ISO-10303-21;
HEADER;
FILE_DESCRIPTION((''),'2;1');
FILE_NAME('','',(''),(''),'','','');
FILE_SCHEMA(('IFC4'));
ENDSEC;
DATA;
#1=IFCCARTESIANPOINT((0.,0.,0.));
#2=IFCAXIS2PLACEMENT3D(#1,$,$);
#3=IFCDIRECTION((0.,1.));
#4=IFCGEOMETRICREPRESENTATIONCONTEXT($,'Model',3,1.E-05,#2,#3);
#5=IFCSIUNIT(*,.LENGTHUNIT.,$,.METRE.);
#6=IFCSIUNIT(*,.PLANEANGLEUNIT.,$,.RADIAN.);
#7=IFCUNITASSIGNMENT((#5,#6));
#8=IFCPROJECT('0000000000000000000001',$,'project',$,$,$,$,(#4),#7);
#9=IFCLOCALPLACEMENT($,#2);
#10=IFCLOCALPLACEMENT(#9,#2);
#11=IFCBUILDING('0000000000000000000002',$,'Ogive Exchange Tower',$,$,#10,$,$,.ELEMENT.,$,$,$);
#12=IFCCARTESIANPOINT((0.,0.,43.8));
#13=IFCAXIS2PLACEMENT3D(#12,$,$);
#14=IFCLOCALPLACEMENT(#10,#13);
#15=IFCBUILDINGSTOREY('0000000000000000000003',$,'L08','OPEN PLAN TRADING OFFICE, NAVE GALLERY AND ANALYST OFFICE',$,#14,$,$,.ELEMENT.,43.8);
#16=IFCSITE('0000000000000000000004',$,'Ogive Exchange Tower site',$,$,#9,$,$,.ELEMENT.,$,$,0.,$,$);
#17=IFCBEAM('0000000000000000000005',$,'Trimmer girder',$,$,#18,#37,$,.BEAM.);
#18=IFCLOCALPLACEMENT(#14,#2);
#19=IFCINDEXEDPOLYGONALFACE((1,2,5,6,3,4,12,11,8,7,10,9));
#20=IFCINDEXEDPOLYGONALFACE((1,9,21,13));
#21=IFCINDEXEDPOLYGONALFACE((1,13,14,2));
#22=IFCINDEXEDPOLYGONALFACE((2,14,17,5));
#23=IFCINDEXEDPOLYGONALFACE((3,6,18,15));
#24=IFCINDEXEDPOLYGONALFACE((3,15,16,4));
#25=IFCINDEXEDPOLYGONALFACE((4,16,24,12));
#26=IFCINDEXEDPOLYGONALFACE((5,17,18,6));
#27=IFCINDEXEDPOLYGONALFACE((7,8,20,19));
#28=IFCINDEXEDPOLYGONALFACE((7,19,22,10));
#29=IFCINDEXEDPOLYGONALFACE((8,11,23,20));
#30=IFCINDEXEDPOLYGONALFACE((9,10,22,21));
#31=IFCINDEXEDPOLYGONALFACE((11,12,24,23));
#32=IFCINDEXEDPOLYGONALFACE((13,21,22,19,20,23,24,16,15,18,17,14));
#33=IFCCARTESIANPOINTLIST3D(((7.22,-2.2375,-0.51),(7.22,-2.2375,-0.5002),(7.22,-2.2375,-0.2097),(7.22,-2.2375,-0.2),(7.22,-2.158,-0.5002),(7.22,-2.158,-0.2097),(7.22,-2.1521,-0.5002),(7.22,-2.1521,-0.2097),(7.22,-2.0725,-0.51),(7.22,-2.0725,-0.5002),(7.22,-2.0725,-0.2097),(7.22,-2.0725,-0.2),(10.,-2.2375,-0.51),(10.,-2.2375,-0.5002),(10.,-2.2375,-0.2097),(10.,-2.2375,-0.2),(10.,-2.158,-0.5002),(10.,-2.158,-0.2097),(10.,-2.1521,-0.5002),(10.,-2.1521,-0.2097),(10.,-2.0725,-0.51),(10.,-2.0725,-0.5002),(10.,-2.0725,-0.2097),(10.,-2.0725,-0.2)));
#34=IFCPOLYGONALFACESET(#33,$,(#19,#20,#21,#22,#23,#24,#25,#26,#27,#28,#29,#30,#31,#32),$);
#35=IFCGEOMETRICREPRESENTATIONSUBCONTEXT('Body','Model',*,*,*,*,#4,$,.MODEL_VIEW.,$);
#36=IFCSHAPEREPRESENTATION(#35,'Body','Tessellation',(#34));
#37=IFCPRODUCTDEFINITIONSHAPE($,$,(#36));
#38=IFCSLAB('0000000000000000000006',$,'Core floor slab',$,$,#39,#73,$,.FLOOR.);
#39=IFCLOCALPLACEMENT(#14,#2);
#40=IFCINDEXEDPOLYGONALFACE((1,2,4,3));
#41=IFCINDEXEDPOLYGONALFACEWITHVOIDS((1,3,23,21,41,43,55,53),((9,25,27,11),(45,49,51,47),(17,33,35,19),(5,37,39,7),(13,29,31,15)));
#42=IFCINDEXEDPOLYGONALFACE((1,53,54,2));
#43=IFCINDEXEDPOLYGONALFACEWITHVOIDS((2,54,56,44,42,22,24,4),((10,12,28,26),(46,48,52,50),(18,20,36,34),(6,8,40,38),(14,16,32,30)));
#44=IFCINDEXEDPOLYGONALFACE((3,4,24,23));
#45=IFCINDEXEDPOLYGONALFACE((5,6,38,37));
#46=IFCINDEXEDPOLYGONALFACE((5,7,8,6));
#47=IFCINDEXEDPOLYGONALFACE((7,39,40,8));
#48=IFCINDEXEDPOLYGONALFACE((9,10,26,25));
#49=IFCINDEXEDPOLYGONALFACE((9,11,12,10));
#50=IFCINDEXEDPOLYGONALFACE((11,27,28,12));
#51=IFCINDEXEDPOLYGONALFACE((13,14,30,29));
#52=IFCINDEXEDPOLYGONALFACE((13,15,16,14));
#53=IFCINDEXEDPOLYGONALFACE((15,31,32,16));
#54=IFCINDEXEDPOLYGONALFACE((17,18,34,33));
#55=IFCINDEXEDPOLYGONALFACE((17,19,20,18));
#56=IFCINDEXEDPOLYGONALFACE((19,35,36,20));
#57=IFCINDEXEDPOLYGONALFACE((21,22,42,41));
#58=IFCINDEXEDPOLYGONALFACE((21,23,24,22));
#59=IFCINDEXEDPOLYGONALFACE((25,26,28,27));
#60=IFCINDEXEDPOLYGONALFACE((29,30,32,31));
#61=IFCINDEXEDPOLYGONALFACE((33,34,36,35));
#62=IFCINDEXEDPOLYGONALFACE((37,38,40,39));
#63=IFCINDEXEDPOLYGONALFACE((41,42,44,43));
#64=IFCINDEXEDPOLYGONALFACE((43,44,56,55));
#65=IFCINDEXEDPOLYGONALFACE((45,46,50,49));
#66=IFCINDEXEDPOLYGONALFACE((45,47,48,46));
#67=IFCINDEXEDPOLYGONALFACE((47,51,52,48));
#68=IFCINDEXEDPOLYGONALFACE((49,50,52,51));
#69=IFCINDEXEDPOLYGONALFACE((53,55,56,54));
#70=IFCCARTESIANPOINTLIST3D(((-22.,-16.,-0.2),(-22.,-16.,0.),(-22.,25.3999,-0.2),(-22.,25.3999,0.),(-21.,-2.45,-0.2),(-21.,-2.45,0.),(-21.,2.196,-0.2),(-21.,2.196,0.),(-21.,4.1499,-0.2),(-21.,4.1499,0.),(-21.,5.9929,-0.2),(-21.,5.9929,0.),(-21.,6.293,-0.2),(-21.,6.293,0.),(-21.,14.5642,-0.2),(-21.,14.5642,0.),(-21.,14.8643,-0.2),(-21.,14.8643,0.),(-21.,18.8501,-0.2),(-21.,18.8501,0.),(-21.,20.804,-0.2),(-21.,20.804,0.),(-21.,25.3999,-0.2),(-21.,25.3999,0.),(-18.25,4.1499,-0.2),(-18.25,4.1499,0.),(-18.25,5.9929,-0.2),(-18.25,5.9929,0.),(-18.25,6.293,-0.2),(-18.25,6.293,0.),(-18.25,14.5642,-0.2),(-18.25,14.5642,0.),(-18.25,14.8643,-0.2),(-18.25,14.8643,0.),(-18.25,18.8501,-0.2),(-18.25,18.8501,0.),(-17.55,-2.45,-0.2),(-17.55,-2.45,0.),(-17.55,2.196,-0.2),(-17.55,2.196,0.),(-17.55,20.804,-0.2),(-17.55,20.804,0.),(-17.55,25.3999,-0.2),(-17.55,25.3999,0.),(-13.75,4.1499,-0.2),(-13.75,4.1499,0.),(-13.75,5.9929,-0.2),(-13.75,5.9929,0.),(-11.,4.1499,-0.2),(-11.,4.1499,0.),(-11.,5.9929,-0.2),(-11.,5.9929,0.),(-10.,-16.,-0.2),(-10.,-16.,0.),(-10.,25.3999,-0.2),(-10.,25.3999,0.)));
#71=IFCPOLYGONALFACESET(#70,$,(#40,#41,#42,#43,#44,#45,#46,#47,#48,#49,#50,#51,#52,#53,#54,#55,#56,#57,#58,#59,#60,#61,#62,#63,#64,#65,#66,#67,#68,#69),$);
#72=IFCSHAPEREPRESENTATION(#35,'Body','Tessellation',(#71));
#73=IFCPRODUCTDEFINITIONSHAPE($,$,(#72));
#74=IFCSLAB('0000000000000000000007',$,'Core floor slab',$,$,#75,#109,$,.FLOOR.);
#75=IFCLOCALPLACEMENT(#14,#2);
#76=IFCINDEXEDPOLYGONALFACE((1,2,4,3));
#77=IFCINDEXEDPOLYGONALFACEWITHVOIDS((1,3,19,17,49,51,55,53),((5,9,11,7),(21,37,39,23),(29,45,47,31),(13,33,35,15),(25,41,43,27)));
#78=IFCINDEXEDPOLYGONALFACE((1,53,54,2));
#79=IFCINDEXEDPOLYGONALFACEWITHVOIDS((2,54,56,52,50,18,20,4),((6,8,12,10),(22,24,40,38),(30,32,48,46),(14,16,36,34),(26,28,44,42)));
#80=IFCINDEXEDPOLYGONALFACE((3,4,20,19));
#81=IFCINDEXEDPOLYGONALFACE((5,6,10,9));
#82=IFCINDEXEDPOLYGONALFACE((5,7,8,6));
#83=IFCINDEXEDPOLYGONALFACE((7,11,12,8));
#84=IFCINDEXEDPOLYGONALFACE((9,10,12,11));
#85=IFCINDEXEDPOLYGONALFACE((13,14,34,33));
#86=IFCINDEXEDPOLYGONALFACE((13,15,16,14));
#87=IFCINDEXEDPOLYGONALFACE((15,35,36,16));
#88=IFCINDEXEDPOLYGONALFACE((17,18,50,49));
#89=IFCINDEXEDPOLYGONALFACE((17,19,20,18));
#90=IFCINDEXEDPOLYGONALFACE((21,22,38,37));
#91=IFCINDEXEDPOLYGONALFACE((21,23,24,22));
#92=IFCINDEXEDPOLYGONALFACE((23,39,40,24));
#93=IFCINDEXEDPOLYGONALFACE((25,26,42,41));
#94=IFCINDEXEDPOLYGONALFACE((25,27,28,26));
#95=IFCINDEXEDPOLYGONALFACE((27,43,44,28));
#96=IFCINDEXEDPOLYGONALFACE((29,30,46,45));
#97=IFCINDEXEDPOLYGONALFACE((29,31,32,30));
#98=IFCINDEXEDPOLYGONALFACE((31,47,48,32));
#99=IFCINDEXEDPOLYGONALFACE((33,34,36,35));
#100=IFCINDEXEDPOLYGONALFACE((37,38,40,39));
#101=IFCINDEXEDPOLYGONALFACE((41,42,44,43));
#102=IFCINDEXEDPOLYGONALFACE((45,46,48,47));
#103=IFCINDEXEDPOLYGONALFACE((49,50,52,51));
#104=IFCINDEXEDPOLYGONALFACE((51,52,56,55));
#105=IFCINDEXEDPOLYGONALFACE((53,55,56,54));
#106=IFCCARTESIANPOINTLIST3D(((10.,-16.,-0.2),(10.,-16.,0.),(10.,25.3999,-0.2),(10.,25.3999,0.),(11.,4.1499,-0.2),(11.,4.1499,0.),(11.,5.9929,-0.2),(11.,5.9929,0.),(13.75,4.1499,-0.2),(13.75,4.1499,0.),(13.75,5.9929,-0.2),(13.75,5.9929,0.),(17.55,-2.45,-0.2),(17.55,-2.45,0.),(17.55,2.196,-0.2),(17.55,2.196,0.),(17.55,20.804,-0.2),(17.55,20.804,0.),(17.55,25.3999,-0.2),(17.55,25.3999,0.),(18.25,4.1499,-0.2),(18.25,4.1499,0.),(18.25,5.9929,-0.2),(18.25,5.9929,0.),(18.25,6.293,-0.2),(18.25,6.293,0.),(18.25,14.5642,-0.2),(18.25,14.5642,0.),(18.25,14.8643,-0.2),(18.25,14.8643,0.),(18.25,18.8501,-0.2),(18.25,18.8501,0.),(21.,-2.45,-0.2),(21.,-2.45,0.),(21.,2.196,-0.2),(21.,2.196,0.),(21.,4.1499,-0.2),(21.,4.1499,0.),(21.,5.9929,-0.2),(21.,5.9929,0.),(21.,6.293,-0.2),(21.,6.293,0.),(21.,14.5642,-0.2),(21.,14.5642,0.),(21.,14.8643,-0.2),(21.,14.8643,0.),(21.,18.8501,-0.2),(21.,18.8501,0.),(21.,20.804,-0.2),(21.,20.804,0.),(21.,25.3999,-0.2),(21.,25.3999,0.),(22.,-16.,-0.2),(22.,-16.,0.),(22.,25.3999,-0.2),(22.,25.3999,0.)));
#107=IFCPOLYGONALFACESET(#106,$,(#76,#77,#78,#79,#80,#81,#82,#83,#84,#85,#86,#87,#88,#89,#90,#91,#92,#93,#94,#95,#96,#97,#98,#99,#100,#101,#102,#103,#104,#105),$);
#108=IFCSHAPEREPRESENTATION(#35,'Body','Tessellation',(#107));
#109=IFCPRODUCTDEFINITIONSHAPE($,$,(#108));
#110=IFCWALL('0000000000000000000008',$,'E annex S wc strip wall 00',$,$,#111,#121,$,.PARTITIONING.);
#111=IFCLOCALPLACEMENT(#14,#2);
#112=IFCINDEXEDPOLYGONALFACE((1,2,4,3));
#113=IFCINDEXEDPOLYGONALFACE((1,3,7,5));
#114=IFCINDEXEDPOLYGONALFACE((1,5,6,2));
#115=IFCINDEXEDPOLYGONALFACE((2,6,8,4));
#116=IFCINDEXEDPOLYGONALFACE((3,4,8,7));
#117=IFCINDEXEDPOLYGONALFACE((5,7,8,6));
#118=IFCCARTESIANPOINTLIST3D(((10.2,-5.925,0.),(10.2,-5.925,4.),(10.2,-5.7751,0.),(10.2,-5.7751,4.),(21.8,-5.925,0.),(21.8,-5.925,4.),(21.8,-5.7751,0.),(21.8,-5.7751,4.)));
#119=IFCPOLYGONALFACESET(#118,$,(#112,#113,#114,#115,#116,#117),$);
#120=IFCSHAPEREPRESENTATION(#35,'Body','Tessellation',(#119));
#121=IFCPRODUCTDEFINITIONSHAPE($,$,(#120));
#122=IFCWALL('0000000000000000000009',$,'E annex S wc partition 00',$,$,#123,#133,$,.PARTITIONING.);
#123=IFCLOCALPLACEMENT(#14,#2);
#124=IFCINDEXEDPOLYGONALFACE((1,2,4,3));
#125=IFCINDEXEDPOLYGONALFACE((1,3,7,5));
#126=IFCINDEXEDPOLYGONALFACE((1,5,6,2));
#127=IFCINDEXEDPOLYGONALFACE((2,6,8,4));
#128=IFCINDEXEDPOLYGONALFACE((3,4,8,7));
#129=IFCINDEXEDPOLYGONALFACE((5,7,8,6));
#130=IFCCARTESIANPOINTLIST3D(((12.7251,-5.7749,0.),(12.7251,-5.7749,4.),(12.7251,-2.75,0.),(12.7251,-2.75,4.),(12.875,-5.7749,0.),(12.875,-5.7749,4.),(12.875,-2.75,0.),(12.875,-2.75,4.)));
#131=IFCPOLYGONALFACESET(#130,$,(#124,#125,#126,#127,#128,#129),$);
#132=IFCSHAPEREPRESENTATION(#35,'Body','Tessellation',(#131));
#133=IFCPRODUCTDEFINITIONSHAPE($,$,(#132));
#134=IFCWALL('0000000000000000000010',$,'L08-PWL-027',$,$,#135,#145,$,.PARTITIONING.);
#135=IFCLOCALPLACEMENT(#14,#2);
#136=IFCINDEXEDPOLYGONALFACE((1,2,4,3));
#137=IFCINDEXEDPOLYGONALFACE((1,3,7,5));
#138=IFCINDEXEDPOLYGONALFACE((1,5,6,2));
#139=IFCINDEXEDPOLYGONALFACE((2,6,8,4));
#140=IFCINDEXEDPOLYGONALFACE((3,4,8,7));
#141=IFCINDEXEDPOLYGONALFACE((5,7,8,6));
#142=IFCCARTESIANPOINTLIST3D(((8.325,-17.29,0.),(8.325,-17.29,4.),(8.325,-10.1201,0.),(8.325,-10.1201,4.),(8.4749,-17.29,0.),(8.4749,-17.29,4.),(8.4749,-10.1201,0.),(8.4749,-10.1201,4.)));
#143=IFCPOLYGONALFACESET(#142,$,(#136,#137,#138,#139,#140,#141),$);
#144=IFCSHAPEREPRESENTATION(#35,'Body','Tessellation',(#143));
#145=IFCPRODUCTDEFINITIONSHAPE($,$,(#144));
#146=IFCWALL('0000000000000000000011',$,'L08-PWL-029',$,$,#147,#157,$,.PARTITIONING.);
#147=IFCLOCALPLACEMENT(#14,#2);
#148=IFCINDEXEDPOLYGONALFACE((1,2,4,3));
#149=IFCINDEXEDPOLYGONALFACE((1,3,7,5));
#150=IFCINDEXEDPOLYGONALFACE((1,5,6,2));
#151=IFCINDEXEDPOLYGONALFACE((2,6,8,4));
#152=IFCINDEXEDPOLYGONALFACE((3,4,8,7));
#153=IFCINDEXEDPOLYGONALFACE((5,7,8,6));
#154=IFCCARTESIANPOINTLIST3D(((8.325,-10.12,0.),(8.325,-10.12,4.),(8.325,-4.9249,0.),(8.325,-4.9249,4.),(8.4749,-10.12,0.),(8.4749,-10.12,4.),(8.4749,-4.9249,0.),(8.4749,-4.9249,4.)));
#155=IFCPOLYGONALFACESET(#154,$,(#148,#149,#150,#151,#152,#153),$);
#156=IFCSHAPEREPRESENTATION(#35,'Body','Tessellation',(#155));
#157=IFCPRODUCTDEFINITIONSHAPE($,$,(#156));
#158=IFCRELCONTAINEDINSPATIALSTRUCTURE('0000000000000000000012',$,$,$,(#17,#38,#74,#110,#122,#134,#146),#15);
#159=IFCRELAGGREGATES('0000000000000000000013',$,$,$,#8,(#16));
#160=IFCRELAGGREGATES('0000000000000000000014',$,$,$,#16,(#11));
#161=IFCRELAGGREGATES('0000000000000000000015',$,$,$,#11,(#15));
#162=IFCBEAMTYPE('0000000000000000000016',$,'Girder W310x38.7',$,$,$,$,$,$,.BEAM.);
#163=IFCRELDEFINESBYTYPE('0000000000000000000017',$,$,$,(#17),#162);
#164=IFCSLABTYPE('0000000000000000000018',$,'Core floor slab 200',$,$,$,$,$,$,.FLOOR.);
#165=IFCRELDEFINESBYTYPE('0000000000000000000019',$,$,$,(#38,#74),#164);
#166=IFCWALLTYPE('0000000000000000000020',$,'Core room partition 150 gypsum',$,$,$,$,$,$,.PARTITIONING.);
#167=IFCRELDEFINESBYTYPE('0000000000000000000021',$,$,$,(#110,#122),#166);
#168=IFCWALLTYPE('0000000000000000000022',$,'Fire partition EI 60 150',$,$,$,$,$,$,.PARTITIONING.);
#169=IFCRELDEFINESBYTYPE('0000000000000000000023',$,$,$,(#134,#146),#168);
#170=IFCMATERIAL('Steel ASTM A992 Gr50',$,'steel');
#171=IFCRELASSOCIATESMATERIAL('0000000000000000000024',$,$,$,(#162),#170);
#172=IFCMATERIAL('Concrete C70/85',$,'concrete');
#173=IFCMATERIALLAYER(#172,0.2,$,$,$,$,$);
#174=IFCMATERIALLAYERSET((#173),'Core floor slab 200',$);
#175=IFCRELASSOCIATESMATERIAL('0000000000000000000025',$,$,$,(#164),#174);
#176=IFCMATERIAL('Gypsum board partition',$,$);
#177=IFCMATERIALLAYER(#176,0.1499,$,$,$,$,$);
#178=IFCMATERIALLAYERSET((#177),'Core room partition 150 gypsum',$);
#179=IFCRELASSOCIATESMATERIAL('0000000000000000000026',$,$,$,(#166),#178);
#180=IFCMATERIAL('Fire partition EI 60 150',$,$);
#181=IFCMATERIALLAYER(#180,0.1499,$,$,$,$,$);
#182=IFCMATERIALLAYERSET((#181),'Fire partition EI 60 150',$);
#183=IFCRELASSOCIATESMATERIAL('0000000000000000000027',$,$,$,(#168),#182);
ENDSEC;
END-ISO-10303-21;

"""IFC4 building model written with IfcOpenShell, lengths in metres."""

from ifc_helpers import new_model, si_unit, direction, frame, frame_2d, origin, origin_2d, place, context, subcontext, project, spatial, polyline, rectangle, i_section, outline, extrude, material, layer, layer_set, material_profile, profile_set, type_object, element, save


model = new_model("IFC4")

# Units and contexts
model_context = context("Model", 3, precision=1e-05, world=origin(), true_north=direction((0.0, 1.0)))
body_context = subcontext(model_context, "Body", "Model", "MODEL_VIEW")
ifc_project = project(units=[si_unit("LENGTHUNIT", "METRE"), si_unit("PLANEANGLEUNIT", "RADIAN")], contexts=[model_context])

# Site, building, storey
site_placement = place(None, origin())
site = spatial("IfcSite", under=ifc_project, at=site_placement, Name="Ogive Exchange Tower site", CompositionType="ELEMENT", RefElevation=0.0)
building_placement = place(site_placement, origin())
building = spatial("IfcBuilding", under=site, at=building_placement, Name="Ogive Exchange Tower", CompositionType="ELEMENT")
storey_placement = place(building_placement, frame((0.0, 0.0, 43.8)))
storey = spatial("IfcBuildingStorey", under=building, at=storey_placement, Name="L08", Description="OPEN PLAN TRADING OFFICE, NAVE GALLERY AND ANALYST OFFICE", CompositionType="ELEMENT", Elevation=43.8)

# Beam
ifc_material_1 = material(Name="Steel ASTM A992 Gr50", Category="steel")
ifc_material_profile = material_profile(ifc_material_1, i_section(OverallWidth=0.165, OverallDepth=0.3101, WebThickness=0.0059, FlangeThickness=0.0098, at=origin_2d()), Name="W310x38.7")
ifc_profile_set = profile_set([ifc_material_profile], Name="Steel ASTM A992 Gr50")
beam_type = type_object("IfcBeamType", Name="Girder W310x38.7", PredefinedType="BEAM", material=ifc_profile_set)
beam_placement = place(storey_placement, frame((7.22, -2.155, -0.355), z_axis=(1.0, 0.0, 0.0), x_axis=(0.0, 1.0, 0.0)))
element("IfcBeam", 1, at=beam_placement, inside=storey, type_object=beam_type, Name="Trimmer girder", PredefinedType="BEAM", context=body_context, shape_type="SweptSolid", body=[
    extrude(i_section(OverallWidth=0.165, OverallDepth=0.3101, WebThickness=0.0059, FlangeThickness=0.0098, at=origin_2d()), origin(), (0.0, 0.0, 1.0), 2.78),
])

# Slabs
ifc_material_2 = material(Name="Concrete C70/85", Category="concrete")
ifc_layer_1 = layer(ifc_material_2, 0.2)
ifc_layer_set_1 = layer_set([ifc_layer_1], Name="Core floor slab 200")
slab_type = type_object("IfcSlabType", Name="Core floor slab 200", PredefinedType="FLOOR", material=ifc_layer_set_1)
slab_1_placement = place(storey_placement, frame((0.0, 0.0, -0.2)))
element("IfcSlab", 2, at=slab_1_placement, inside=storey, type_object=slab_type, Name="Core floor slab", PredefinedType="FLOOR", context=body_context, shape_type="SweptSolid", body=[
    extrude(outline(polyline([(-10.0, 25.3999), (-10.0, -16.0), (-22.0, -16.0), (-22.0, 25.3999), (-21.0, 25.3999), (-21.0, 20.804), (-17.55, 20.804), (-17.55, 25.3999), (-10.0, 25.3999)]), holes=[polyline([(-17.55, 2.196), (-21.0, 2.196), (-21.0, -2.45), (-17.55, -2.45), (-17.55, 2.196)]), polyline([(-18.25, 5.9929), (-21.0, 5.9929), (-21.0, 4.1499), (-18.25, 4.1499), (-18.25, 5.9929)]), polyline([(-11.0, 5.9929), (-13.75, 5.9929), (-13.75, 4.1499), (-11.0, 4.1499), (-11.0, 5.9929)]), polyline([(-21.0, 14.5642), (-21.0, 6.293), (-18.25, 6.293), (-18.25, 14.5642), (-21.0, 14.5642)]), polyline([(-18.25, 18.8501), (-21.0, 18.8501), (-21.0, 14.8643), (-18.25, 14.8643), (-18.25, 18.8501)])]), origin(), (0.0, 0.0, 1.0), 0.2),
])
slab_2_placement = place(storey_placement, frame((0.0, 0.0, -0.2)))
element("IfcSlab", 3, at=slab_2_placement, inside=storey, type_object=slab_type, Name="Core floor slab", PredefinedType="FLOOR", context=body_context, shape_type="SweptSolid", body=[
    extrude(outline(polyline([(22.0, 25.3999), (22.0, -16.0), (10.0, -16.0), (10.0, 25.3999), (17.55, 25.3999), (17.55, 20.804), (21.0, 20.804), (21.0, 25.3999), (22.0, 25.3999)]), holes=[polyline([(21.0, 2.196), (17.55, 2.196), (17.55, -2.45), (21.0, -2.45), (21.0, 2.196)]), polyline([(13.75, 5.9929), (11.0, 5.9929), (11.0, 4.1499), (13.75, 4.1499), (13.75, 5.9929)]), polyline([(21.0, 5.9929), (18.25, 5.9929), (18.25, 4.1499), (21.0, 4.1499), (21.0, 5.9929)]), polyline([(18.25, 14.5642), (18.25, 6.293), (21.0, 6.293), (21.0, 14.5642), (18.25, 14.5642)]), polyline([(21.0, 18.8501), (18.25, 18.8501), (18.25, 14.8643), (21.0, 14.8643), (21.0, 18.8501)])]), origin(), (0.0, 0.0, 1.0), 0.2),
])

# Walls
ifc_material_3 = material(Name="Gypsum board partition")
ifc_layer_2 = layer(ifc_material_3, 0.1499)
ifc_layer_set_2 = layer_set([ifc_layer_2], Name="Core room partition 150 gypsum")
wall_type_1 = type_object("IfcWallType", Name="Core room partition 150 gypsum", PredefinedType="PARTITIONING", material=ifc_layer_set_2)
wall_1_placement = place(storey_placement, frame((10.2, -5.8501, 0.0), z_axis=(0.0, 0.0, 1.0), x_axis=(1.0, 0.0, 0.0)))
element("IfcWall", 4, at=wall_1_placement, inside=storey, type_object=wall_type_1, Name="E annex S wc strip wall 00", PredefinedType="PARTITIONING", context=body_context, shape_type="SweptSolid", body=[
    extrude(rectangle(XDim=11.6001, YDim=0.1499, at=frame_2d((5.8, 0.0))), origin(), (0.0, 0.0, 1.0), 4.0),
])
wall_2_placement = place(storey_placement, frame((12.8, -5.7749, 0.0), z_axis=(0.0, 0.0, 1.0), x_axis=(0.0, 1.0, 0.0)))
element("IfcWall", 5, at=wall_2_placement, inside=storey, type_object=wall_type_1, Name="E annex S wc partition 00", PredefinedType="PARTITIONING", context=body_context, shape_type="SweptSolid", body=[
    extrude(rectangle(XDim=3.0249, YDim=0.1499, at=frame_2d((1.5125, 0.0))), origin(), (0.0, 0.0, 1.0), 4.0),
])
ifc_material_4 = material(Name="Fire partition EI 60 150")
ifc_layer_3 = layer(ifc_material_4, 0.1499)
ifc_layer_set_3 = layer_set([ifc_layer_3], Name="Fire partition EI 60 150")
wall_type_2 = type_object("IfcWallType", Name="Fire partition EI 60 150", PredefinedType="PARTITIONING", material=ifc_layer_set_3)
wall_3_placement = place(storey_placement, frame((8.3999, -17.29, 0.0), z_axis=(0.0, 0.0, 1.0), x_axis=(0.0, 1.0, 0.0)))
element("IfcWall", 6, at=wall_3_placement, inside=storey, type_object=wall_type_2, Name="L08-PWL-027", PredefinedType="PARTITIONING", context=body_context, shape_type="SweptSolid", body=[
    extrude(rectangle(XDim=7.1699, YDim=0.1499, at=frame_2d((3.585, 0.0))), origin(), (0.0, 0.0, 1.0), 4.0),
])
wall_4_placement = place(storey_placement, frame((8.3999, -10.1201, 0.0), z_axis=(0.0, 0.0, 1.0), x_axis=(0.0, 1.0, 0.0)))
element("IfcWall", 7, at=wall_4_placement, inside=storey, type_object=wall_type_2, Name="L08-PWL-029", PredefinedType="PARTITIONING", context=body_context, shape_type="SweptSolid", body=[
    extrude(rectangle(XDim=5.1951, YDim=0.1499, at=frame_2d((2.5977, 0.0))), origin(), (0.0, 0.0, 1.0), 4.0),
])

save(model, "model.ifc")
